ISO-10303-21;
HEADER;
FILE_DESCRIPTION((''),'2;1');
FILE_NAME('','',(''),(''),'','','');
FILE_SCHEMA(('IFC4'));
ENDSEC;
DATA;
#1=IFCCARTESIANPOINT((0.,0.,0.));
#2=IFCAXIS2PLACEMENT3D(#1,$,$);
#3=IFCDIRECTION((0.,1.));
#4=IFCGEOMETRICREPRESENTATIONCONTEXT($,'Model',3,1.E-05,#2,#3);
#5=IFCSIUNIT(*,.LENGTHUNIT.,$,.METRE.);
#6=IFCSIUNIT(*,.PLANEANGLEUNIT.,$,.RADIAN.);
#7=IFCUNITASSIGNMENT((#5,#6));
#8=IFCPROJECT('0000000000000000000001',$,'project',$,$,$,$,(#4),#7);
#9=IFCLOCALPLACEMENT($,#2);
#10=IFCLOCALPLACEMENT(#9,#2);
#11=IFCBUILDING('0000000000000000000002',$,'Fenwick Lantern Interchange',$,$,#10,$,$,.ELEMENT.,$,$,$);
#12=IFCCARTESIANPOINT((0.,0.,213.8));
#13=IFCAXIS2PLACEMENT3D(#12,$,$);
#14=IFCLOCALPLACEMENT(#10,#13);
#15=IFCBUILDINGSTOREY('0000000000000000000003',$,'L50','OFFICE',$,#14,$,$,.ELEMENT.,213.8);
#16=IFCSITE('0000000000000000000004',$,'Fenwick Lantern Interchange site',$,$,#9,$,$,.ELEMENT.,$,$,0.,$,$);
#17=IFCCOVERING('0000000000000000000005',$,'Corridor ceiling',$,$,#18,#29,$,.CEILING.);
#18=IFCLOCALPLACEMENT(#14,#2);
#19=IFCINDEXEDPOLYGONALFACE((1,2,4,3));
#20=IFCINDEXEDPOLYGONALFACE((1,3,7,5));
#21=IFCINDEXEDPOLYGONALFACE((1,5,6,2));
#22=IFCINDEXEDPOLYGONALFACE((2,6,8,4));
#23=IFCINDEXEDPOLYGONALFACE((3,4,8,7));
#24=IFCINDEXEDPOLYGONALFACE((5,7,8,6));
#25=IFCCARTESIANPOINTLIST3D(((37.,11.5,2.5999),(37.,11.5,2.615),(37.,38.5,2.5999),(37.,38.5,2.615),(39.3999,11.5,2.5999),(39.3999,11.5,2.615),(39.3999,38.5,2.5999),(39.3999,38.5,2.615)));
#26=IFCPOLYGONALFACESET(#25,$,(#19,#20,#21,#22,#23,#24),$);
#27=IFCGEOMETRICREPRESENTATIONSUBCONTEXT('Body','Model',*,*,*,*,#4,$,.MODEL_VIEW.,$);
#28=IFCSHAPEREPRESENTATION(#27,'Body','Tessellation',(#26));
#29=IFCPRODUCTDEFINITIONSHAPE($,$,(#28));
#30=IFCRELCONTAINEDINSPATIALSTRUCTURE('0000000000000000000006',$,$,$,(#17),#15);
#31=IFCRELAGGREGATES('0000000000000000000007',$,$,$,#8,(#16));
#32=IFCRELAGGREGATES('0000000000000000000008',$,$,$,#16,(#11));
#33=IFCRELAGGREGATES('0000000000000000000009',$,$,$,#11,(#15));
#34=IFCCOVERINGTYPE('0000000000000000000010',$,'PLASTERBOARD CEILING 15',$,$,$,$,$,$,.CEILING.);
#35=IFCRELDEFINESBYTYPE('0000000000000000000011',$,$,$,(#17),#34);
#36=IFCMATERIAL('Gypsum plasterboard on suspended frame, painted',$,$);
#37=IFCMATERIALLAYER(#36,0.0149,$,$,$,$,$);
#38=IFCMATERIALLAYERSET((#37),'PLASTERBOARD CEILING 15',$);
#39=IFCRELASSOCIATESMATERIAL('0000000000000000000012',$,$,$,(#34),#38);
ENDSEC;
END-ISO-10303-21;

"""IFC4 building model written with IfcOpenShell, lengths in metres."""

from ifc_helpers import new_model, si_unit, direction, frame, origin, place, context, subcontext, project, spatial, polyline, outline, extrude, material, layer, layer_set, type_object, element, save


model = new_model("IFC4")

# Units and contexts
model_context = context("Model", 3, precision=1e-05, world=origin(), true_north=direction((0.0, 1.0)))
body_context = subcontext(model_context, "Body", "Model", "MODEL_VIEW")
ifc_project = project(units=[si_unit("LENGTHUNIT", "METRE"), si_unit("PLANEANGLEUNIT", "RADIAN")], contexts=[model_context])

# Site, building, storey
site_placement = place(None, origin())
site = spatial("IfcSite", under=ifc_project, at=site_placement, Name="Fenwick Lantern Interchange site", CompositionType="ELEMENT", RefElevation=0.0)
building_placement = place(site_placement, origin())
building = spatial("IfcBuilding", under=site, at=building_placement, Name="Fenwick Lantern Interchange", CompositionType="ELEMENT")
storey_placement = place(building_placement, frame((0.0, 0.0, 213.8)))
storey = spatial("IfcBuildingStorey", under=building, at=storey_placement, Name="L50", Description="OFFICE", CompositionType="ELEMENT", Elevation=213.8)

# Covering
ifc_material_1 = material(Name="Gypsum plasterboard on suspended frame, painted")
ifc_layer_1 = layer(ifc_material_1, 0.0149)
ifc_layer_set_1 = layer_set([ifc_layer_1], Name="PLASTERBOARD CEILING 15")
covering_type_1 = type_object("IfcCoveringType", Name="PLASTERBOARD CEILING 15", PredefinedType="CEILING", material=ifc_layer_set_1)
covering_1_placement = place(storey_placement, frame((0.0, 0.0, 2.5999)))
element("IfcCovering", 1, at=covering_1_placement, inside=storey, type_object=covering_type_1, Name="Corridor ceiling", PredefinedType="CEILING", context=body_context, shape_type="SweptSolid", body=[
    extrude(outline(polyline([(39.3999, 38.5), (37.0, 38.5), (37.0, 11.5), (39.3999, 11.5), (39.3999, 38.5)])), origin(), (0.0, 0.0, 1.0), 0.0151),
])

save(model, "model.ifc")
